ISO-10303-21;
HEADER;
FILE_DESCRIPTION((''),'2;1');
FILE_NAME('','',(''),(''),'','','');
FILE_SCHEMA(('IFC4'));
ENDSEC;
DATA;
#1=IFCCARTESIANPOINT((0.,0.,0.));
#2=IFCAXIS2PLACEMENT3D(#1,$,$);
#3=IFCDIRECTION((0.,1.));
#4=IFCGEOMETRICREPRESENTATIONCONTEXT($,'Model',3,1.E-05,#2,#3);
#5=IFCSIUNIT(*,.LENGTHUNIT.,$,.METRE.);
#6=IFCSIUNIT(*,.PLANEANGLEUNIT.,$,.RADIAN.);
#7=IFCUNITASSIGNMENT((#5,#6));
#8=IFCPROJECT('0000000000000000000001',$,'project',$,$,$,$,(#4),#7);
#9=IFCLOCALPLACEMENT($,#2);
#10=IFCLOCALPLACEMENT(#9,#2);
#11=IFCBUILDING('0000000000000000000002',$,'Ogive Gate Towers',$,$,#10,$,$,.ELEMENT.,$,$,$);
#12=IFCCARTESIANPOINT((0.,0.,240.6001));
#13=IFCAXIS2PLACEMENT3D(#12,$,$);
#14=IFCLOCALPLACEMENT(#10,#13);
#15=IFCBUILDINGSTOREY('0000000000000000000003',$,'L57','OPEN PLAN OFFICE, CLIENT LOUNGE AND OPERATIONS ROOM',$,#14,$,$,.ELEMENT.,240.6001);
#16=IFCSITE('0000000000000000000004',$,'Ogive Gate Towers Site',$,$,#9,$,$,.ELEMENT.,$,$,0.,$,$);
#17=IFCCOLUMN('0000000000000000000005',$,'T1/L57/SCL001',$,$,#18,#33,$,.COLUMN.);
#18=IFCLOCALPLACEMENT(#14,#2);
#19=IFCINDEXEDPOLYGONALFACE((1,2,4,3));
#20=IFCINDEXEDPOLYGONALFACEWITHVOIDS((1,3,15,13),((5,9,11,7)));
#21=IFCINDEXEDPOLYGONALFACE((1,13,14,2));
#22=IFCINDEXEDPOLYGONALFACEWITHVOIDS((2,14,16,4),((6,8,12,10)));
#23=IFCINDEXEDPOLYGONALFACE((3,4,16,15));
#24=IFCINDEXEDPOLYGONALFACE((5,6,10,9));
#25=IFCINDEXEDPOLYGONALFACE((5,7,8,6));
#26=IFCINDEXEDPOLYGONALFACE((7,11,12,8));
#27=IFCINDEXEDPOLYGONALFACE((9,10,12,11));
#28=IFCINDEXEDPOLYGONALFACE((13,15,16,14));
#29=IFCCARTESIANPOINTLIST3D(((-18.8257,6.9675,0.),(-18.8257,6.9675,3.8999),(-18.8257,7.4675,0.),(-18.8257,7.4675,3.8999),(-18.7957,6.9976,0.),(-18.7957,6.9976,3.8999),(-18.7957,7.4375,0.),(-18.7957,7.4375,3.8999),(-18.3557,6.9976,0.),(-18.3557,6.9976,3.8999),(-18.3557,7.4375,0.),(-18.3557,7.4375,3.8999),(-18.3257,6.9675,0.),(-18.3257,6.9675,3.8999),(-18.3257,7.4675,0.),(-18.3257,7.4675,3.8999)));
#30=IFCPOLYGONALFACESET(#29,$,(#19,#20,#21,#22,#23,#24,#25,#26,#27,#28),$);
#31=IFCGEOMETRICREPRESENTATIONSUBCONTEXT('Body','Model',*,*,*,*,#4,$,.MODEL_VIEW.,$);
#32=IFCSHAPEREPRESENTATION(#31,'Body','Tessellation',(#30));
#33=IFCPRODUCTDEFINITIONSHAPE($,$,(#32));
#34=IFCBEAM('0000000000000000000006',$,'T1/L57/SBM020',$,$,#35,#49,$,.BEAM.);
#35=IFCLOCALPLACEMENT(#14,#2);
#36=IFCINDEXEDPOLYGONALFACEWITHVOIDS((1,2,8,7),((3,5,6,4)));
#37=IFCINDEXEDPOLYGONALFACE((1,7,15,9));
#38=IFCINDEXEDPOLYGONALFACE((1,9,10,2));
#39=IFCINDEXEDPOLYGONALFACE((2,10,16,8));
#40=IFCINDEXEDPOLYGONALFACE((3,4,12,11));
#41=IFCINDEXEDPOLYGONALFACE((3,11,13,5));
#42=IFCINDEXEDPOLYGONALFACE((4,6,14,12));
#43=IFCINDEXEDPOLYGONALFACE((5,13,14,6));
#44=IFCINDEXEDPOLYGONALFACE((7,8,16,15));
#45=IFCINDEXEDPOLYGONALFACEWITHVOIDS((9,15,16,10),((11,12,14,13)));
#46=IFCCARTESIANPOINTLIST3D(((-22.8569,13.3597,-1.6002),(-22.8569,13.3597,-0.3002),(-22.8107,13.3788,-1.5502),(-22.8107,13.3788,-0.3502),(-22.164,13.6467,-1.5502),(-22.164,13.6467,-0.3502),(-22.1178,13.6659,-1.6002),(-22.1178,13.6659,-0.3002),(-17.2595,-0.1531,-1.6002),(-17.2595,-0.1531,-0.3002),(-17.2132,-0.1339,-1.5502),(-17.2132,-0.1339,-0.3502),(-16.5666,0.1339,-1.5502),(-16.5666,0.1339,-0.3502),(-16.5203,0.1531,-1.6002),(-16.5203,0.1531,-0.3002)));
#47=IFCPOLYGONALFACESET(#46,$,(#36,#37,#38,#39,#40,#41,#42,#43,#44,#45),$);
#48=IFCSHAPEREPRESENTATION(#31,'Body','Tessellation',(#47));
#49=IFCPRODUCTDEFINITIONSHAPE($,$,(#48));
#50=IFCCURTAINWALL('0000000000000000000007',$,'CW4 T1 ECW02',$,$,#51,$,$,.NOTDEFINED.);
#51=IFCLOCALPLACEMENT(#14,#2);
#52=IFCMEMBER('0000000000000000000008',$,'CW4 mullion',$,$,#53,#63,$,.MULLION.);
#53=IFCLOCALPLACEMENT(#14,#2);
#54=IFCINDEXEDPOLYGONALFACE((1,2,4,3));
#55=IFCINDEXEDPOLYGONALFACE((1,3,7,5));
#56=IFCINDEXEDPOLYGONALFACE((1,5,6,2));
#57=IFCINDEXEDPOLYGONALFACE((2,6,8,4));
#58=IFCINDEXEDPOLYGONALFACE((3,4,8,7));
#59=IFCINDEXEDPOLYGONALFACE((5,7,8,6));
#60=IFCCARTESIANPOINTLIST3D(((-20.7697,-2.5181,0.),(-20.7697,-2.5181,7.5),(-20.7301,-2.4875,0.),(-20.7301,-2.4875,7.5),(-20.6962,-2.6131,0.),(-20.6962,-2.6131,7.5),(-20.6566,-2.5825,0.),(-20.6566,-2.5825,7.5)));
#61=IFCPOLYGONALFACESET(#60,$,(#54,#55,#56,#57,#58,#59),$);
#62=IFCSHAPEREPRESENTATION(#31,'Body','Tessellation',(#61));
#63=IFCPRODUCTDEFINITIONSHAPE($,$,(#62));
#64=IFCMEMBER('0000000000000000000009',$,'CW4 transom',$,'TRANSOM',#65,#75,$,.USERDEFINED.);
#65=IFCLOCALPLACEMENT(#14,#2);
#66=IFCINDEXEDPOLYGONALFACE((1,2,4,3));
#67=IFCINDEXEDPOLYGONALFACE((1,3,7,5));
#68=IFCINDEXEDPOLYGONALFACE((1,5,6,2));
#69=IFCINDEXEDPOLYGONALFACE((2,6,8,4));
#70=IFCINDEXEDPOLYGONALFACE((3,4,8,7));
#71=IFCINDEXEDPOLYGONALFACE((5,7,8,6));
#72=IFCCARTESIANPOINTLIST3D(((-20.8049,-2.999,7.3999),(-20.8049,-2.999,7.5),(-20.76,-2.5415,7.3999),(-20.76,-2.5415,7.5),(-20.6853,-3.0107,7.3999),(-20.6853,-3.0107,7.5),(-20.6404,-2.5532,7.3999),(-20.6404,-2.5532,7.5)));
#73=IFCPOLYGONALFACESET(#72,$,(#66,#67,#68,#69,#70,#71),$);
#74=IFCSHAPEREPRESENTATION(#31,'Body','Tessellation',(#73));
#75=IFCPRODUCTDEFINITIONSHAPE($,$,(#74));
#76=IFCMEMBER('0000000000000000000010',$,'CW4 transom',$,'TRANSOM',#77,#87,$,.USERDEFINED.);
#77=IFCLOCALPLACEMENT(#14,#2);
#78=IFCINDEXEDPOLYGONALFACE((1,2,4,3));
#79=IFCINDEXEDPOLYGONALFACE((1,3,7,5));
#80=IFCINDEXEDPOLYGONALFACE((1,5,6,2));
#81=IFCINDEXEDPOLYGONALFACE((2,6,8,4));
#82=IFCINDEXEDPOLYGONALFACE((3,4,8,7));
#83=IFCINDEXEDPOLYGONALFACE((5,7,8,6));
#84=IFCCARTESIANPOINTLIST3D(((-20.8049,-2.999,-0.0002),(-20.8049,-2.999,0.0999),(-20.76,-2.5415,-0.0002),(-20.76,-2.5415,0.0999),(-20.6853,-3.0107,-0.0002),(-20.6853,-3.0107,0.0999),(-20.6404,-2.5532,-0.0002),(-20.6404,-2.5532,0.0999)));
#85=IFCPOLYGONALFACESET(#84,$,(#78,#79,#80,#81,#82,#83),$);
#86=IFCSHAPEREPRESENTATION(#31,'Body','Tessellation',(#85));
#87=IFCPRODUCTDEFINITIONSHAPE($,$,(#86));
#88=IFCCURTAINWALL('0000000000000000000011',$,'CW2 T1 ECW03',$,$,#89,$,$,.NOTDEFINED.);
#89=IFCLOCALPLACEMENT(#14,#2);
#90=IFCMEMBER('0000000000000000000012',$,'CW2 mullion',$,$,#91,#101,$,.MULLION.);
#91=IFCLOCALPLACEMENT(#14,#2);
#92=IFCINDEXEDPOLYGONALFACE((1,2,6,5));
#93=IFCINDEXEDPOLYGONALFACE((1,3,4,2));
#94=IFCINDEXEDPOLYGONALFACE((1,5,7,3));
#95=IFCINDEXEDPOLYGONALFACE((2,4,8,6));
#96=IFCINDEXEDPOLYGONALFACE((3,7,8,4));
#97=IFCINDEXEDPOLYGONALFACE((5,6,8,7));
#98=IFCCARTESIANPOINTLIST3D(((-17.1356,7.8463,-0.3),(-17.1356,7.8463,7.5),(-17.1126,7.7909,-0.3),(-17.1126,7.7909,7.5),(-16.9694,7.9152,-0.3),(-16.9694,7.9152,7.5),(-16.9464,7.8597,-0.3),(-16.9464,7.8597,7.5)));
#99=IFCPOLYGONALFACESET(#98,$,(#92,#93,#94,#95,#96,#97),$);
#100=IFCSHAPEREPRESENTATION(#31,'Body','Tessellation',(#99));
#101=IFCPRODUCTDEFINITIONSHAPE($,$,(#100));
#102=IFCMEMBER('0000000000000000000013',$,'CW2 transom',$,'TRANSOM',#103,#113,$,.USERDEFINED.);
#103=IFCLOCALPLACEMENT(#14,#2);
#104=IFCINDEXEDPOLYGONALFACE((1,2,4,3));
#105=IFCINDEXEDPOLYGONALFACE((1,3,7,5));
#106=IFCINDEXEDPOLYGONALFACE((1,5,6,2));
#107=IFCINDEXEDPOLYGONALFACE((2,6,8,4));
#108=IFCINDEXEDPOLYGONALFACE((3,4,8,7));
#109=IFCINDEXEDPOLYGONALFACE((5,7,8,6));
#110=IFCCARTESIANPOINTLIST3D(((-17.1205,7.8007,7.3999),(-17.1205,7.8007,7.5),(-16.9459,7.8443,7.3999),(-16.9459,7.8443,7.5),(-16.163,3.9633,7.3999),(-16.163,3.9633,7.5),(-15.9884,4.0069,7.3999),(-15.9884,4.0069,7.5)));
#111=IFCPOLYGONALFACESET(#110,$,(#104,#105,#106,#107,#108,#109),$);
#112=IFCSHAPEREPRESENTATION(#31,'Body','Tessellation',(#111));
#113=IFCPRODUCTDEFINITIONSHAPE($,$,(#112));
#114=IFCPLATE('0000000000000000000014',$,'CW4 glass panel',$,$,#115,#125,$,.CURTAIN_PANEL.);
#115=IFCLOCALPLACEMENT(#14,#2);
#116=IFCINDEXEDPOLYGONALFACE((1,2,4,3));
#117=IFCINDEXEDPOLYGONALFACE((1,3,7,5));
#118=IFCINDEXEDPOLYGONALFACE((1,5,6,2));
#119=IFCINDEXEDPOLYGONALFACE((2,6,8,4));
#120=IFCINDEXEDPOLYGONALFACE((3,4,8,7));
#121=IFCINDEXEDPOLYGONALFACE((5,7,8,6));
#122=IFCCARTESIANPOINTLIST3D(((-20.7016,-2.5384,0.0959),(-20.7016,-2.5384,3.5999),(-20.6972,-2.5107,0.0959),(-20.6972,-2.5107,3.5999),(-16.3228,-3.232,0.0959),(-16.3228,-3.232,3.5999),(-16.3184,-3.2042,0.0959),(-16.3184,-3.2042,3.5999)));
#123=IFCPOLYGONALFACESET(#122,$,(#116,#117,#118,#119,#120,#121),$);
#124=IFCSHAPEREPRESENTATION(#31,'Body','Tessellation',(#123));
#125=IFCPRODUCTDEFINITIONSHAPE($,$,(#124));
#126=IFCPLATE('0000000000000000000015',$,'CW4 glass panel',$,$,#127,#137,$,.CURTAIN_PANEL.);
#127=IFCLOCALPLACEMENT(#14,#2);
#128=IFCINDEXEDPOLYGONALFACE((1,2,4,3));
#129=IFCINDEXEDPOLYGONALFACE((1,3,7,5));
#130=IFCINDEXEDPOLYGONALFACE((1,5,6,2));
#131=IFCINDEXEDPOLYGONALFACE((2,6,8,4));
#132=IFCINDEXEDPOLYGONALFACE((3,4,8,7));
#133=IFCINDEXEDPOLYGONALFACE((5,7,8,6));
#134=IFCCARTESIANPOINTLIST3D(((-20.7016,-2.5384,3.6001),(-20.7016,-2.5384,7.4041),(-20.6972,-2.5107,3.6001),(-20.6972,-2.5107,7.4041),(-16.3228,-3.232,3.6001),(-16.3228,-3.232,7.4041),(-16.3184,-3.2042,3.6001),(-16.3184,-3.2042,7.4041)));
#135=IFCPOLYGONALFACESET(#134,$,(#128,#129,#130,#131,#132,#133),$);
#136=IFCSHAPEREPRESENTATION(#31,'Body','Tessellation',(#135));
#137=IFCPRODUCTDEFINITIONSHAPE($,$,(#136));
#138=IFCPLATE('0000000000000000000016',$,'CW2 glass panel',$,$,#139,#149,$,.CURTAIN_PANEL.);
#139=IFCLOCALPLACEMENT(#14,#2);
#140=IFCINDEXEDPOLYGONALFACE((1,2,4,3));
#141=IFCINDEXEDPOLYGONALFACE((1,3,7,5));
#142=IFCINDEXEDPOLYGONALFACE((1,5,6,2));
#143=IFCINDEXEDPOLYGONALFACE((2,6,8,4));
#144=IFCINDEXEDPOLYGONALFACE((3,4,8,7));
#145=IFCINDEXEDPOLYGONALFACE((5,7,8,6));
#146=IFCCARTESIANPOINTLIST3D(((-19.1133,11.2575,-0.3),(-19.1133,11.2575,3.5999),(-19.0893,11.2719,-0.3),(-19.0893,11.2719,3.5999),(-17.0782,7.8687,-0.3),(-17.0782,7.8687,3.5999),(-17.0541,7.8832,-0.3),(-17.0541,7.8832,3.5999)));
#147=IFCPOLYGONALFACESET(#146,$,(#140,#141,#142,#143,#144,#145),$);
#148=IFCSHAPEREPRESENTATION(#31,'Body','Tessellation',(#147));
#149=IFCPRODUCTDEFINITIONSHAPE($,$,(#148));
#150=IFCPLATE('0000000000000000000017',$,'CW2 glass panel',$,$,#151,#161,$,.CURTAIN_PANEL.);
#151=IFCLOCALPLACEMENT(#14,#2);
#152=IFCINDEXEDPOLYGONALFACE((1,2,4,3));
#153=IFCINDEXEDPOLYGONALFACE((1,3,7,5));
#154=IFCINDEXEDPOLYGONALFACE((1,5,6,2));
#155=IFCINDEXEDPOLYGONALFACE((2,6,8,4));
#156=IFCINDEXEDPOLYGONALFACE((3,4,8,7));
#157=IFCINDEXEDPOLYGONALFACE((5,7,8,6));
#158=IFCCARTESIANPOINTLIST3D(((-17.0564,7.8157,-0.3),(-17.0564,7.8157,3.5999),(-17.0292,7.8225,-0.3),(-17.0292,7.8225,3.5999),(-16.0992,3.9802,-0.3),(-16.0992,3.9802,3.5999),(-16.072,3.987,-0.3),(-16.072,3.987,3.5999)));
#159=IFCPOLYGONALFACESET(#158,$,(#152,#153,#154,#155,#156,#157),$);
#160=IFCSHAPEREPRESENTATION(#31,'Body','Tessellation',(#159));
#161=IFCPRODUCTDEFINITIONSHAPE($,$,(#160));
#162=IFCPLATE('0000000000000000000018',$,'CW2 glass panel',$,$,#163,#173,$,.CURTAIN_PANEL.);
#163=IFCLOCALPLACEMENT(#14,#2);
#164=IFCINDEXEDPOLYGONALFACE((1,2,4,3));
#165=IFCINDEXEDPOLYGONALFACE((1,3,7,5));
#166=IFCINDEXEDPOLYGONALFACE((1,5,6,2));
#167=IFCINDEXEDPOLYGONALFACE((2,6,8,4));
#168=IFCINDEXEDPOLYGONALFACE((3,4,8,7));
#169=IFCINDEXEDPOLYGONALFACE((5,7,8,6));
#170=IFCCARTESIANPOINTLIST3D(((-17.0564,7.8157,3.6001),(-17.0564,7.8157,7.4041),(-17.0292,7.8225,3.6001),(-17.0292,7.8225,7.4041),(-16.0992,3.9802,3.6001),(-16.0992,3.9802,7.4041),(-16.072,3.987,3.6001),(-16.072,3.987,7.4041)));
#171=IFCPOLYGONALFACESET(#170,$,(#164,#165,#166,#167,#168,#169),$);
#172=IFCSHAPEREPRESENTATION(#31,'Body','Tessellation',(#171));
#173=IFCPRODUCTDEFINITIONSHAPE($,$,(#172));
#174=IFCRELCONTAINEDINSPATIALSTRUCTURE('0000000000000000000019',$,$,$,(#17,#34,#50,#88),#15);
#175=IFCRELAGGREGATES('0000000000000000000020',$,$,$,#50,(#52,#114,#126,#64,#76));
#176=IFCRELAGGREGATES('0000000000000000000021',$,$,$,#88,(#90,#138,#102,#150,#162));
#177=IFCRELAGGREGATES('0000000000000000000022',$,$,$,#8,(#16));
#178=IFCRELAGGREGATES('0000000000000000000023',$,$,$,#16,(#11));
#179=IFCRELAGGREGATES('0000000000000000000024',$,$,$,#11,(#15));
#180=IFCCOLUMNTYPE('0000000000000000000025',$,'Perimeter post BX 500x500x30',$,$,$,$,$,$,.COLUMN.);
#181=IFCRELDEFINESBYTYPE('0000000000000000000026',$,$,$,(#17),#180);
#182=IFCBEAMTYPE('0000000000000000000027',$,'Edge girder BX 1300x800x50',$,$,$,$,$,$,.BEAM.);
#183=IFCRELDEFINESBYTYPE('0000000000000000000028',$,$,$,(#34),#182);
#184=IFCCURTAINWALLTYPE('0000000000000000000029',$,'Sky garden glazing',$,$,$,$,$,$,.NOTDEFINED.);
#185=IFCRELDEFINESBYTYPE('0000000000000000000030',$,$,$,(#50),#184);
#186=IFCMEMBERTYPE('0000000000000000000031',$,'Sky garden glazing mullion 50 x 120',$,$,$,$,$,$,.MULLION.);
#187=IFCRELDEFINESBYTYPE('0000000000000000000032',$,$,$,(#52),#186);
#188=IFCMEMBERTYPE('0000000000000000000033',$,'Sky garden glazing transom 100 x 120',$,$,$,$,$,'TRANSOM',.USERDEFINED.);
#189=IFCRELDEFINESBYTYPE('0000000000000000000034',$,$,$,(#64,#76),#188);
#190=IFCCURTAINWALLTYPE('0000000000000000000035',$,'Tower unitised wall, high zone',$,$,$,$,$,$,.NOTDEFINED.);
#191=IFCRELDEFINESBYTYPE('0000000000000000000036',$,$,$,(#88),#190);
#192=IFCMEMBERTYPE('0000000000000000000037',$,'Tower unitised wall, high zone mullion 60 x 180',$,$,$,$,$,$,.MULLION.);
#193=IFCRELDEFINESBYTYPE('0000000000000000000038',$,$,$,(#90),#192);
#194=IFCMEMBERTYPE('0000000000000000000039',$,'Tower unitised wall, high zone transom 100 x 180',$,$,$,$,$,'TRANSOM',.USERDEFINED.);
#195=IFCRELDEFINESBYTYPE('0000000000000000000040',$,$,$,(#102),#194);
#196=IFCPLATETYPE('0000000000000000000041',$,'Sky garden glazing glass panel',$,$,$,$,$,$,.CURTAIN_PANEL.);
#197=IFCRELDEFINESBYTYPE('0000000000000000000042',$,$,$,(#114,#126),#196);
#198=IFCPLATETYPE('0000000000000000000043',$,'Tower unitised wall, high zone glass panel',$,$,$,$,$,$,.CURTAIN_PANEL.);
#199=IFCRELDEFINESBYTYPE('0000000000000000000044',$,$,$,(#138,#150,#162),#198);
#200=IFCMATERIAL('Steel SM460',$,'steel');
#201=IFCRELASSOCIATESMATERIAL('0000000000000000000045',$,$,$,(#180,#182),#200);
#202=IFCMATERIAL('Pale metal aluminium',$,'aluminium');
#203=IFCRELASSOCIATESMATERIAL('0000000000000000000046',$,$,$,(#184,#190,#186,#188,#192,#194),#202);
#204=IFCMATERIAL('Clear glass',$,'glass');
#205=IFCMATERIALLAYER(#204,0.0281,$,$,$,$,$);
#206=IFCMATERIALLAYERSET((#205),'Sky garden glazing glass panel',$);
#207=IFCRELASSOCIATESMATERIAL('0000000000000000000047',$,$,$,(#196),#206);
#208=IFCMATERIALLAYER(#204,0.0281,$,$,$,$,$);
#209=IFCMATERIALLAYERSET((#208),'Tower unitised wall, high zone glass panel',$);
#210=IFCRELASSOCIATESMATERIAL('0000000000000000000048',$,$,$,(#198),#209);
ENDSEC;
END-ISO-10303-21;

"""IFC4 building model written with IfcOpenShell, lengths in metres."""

from ifc_helpers import new_model, si_unit, direction, frame, origin, origin_2d, place, context, subcontext, project, spatial, rectangle, hollow_rectangle, extrude, material, layer, layer_set, material_profile, profile_set, type_object, element, aggregate, save


model = new_model("IFC4")

# Units and contexts
model_context = context("Model", 3, precision=1e-05, world=origin(), true_north=direction((0.0, 1.0)))
body_context = subcontext(model_context, "Body", "Model", "MODEL_VIEW")
ifc_project = project(units=[si_unit("LENGTHUNIT", "METRE"), si_unit("PLANEANGLEUNIT", "RADIAN")], contexts=[model_context])

# Site, building, storey
site_placement = place(None, origin())
site = spatial("IfcSite", under=ifc_project, at=site_placement, Name="Ogive Gate Towers Site", CompositionType="ELEMENT", RefElevation=0.0)
building_placement = place(site_placement, origin())
building = spatial("IfcBuilding", under=site, at=building_placement, Name="Ogive Gate Towers", CompositionType="ELEMENT")
storey_placement = place(building_placement, frame((0.0, 0.0, 240.6001)))
storey = spatial("IfcBuildingStorey", under=building, at=storey_placement, Name="L57", Description="OPEN PLAN OFFICE, CLIENT LOUNGE AND OPERATIONS ROOM", CompositionType="ELEMENT", Elevation=240.6001)

# Column
ifc_material_1 = material(Name="Steel SM460", Category="steel")
ifc_material_profile_1 = material_profile(ifc_material_1, hollow_rectangle(XDim=0.5, YDim=0.5, WallThickness=0.03, at=origin_2d()), Name="BX 500x500x30")
ifc_profile_set_1 = profile_set([ifc_material_profile_1], Name="Steel SM460")
column_type = type_object("IfcColumnType", Name="Perimeter post BX 500x500x30", PredefinedType="COLUMN", material=ifc_profile_set_1)
column_placement = place(storey_placement, frame((-18.5757, 7.2175, 0.0), z_axis=(0.0, 0.0, 1.0), x_axis=(1.0, 0.0, 0.0)))
element("IfcColumn", 1, at=column_placement, inside=storey, type_object=column_type, Name="T1/L57/SCL001", PredefinedType="COLUMN", context=body_context, shape_type="SweptSolid", body=[
    extrude(hollow_rectangle(XDim=0.5, YDim=0.5, WallThickness=0.03, at=origin_2d()), origin(), (0.0, 0.0, 1.0), 3.8999),
])

# Beam
ifc_material_profile_2 = material_profile(ifc_material_1, hollow_rectangle(XDim=0.8, YDim=1.3, WallThickness=0.05, at=origin_2d()), Name="BX 1300x800x50")
ifc_profile_set_2 = profile_set([ifc_material_profile_2], Name="Steel SM460")
beam_type = type_object("IfcBeamType", Name="Edge girder BX 1300x800x50", PredefinedType="BEAM", material=ifc_profile_set_2)
beam_placement = place(storey_placement, frame((-16.8899, 0.0, -0.9502), z_axis=(-0.382699, 0.923873, 0.0), x_axis=(-0.923873, -0.382699, 0.0)))
element("IfcBeam", 2, at=beam_placement, inside=storey, type_object=beam_type, Name="T1/L57/SBM020", PredefinedType="BEAM", context=body_context, shape_type="SweptSolid", body=[
    extrude(hollow_rectangle(XDim=0.8, YDim=1.3, WallThickness=0.05, at=origin_2d()), origin(), (0.0, 0.0, 1.0), 14.6262),
])

# Curtain walls, members
ifc_material_2 = material(Name="Pale metal aluminium", Category="aluminium")
curtain_wall_type_1 = type_object("IfcCurtainWallType", Name="Sky garden glazing", PredefinedType="NOTDEFINED", material=ifc_material_2)
curtain_wall_1_placement = place(storey_placement, origin())
curtain_wall_1 = element("IfcCurtainWall", 3, at=curtain_wall_1_placement, inside=storey, type_object=curtain_wall_type_1, Name="CW4 T1 ECW02", PredefinedType="NOTDEFINED")
ifc_material_profile_3 = material_profile(ifc_material_2, rectangle(XDim=0.1201, YDim=0.05, at=origin_2d()), Name="50 x 120 aluminium box")
ifc_profile_set_3 = profile_set([ifc_material_profile_3], Name="Pale metal aluminium")
member_type_1 = type_object("IfcMemberType", Name="Sky garden glazing mullion 50 x 120", PredefinedType="MULLION", material=ifc_profile_set_3)
member_1_placement = place(storey_placement, frame((-20.7131, -2.5503, 0.0), z_axis=(0.0, 0.0, 1.0), x_axis=(-0.611403, 0.79132, 0.0)))
member_1 = element("IfcMember", 4, at=member_1_placement, type_object=member_type_1, Name="CW4 mullion", PredefinedType="MULLION", context=body_context, shape_type="SweptSolid", body=[
    extrude(rectangle(XDim=0.1201, YDim=0.05, at=origin_2d()), origin(), (0.0, 0.0, 1.0), 7.5),
])
ifc_material_profile_4 = material_profile(ifc_material_2, rectangle(XDim=0.1201, YDim=0.1001, at=origin_2d()), Name="100 x 120 aluminium box")
ifc_profile_set_4 = profile_set([ifc_material_profile_4], Name="Pale metal aluminium")
member_type_2 = type_object("IfcMemberType", Name="Sky garden glazing transom 100 x 120", ElementType="TRANSOM", PredefinedType="USERDEFINED", material=ifc_profile_set_4)
member_2_placement = place(storey_placement, frame((-20.7002, -2.5474, 7.45), z_axis=(-0.097716, -0.995214, 0.0), x_axis=(0.995214, -0.097716, 0.0)))
member_2 = element("IfcMember", 5, at=member_2_placement, type_object=member_type_2, Name="CW4 transom", ObjectType="TRANSOM", PredefinedType="USERDEFINED", context=body_context, shape_type="SweptSolid", body=[
    extrude(rectangle(XDim=0.1201, YDim=0.1001, at=origin_2d()), origin(), (0.0, 0.0, 1.0), 0.4597),
])
member_3_placement = place(storey_placement, frame((-20.7002, -2.5474, 0.0498), z_axis=(-0.097716, -0.995214, 0.0), x_axis=(0.995214, -0.097716, 0.0)))
member_3 = element("IfcMember", 6, at=member_3_placement, type_object=member_type_2, Name="CW4 transom", ObjectType="TRANSOM", PredefinedType="USERDEFINED", context=body_context, shape_type="SweptSolid", body=[
    extrude(rectangle(XDim=0.1201, YDim=0.1001, at=origin_2d()), origin(), (0.0, 0.0, 1.0), 0.4597),
])
curtain_wall_type_2 = type_object("IfcCurtainWallType", Name="Tower unitised wall, high zone", PredefinedType="NOTDEFINED", material=ifc_material_2)
curtain_wall_2_placement = place(storey_placement, origin())
curtain_wall_2 = element("IfcCurtainWall", 7, at=curtain_wall_2_placement, inside=storey, type_object=curtain_wall_type_2, Name="CW2 T1 ECW03", PredefinedType="NOTDEFINED")
ifc_material_profile_5 = material_profile(ifc_material_2, rectangle(XDim=0.1799, YDim=0.0601, at=origin_2d()), Name="60 x 180 aluminium box")
ifc_profile_set_5 = profile_set([ifc_material_profile_5], Name="Pale metal aluminium")
member_type_3 = type_object("IfcMemberType", Name="Tower unitised wall, high zone mullion 60 x 180", PredefinedType="MULLION", material=ifc_profile_set_5)
member_4_placement = place(storey_placement, frame((-17.041, 7.853, -0.3), z_axis=(0.0, 0.0, 1.0), x_axis=(-0.92388, -0.382683, 0.0)))
member_4 = element("IfcMember", 8, at=member_4_placement, type_object=member_type_3, Name="CW2 mullion", PredefinedType="MULLION", context=body_context, shape_type="SweptSolid", body=[
    extrude(rectangle(XDim=0.1799, YDim=0.0601, at=origin_2d()), origin(), (0.0, 0.0, 1.0), 7.8),
])
ifc_material_profile_6 = material_profile(ifc_material_2, rectangle(XDim=0.1799, YDim=0.1001, at=origin_2d()), Name="100 x 180 aluminium box")
ifc_profile_set_6 = profile_set([ifc_material_profile_6], Name="Pale metal aluminium")
member_type_4 = type_object("IfcMemberType", Name="Tower unitised wall, high zone transom 100 x 180", ElementType="TRANSOM", PredefinedType="USERDEFINED", material=ifc_profile_set_6)
member_5_placement = place(storey_placement, frame((-17.0332, 7.8225, 7.45), z_axis=(0.2421, -0.970251, 0.0), x_axis=(0.970251, 0.2421, 0.0)))
member_5 = element("IfcMember", 9, at=member_5_placement, type_object=member_type_4, Name="CW2 transom", ObjectType="TRANSOM", PredefinedType="USERDEFINED", context=body_context, shape_type="SweptSolid", body=[
    extrude(rectangle(XDim=0.1799, YDim=0.1001, at=origin_2d()), origin(), (0.0, 0.0, 1.0), 3.9551),
])

# Plates
ifc_material_3 = material(Name="Clear glass", Category="glass")
ifc_layer_1 = layer(ifc_material_3, 0.0281)
ifc_layer_set_1 = layer_set([ifc_layer_1], Name="Sky garden glazing glass panel")
plate_type_1 = type_object("IfcPlateType", Name="Sky garden glazing glass panel", PredefinedType="CURTAIN_PANEL", material=ifc_layer_set_1)
plate_1_placement = place(storey_placement, frame((-18.51, -2.8713, 0.0959), z_axis=(0.0, 0.0, 1.0), x_axis=(-0.987688, 0.156434, 0.0)))
plate_1 = element("IfcPlate", 10, at=plate_1_placement, type_object=plate_type_1, Name="CW4 glass panel", PredefinedType="CURTAIN_PANEL", context=body_context, shape_type="SweptSolid", body=[
    extrude(rectangle(XDim=4.4333, YDim=0.0281, at=origin_2d()), origin(), (0.0, 0.0, 1.0), 3.5039),
])
plate_2_placement = place(storey_placement, frame((-18.51, -2.8713, 3.6001), z_axis=(0.0, 0.0, 1.0), x_axis=(-0.987688, 0.156434, 0.0)))
plate_2 = element("IfcPlate", 11, at=plate_2_placement, type_object=plate_type_1, Name="CW4 glass panel", PredefinedType="CURTAIN_PANEL", context=body_context, shape_type="SweptSolid", body=[
    extrude(rectangle(XDim=4.4333, YDim=0.0281, at=origin_2d()), origin(), (0.0, 0.0, 1.0), 3.804),
])
aggregate(curtain_wall_1, [member_1, plate_1, plate_2, member_2, member_3])
ifc_layer_2 = layer(ifc_material_3, 0.0281)
ifc_layer_set_2 = layer_set([ifc_layer_2], Name="Tower unitised wall, high zone glass panel")
plate_type_2 = type_object("IfcPlateType", Name="Tower unitised wall, high zone glass panel", PredefinedType="CURTAIN_PANEL", material=ifc_layer_set_2)
plate_3_placement = place(storey_placement, frame((-18.0837, 9.5703, -0.3), z_axis=(0.0, 0.0, 1.0), x_axis=(0.514844, -0.857284, 0.0)))
plate_3 = element("IfcPlate", 12, at=plate_3_placement, type_object=plate_type_2, Name="CW2 glass panel", PredefinedType="CURTAIN_PANEL", context=body_context, shape_type="SweptSolid", body=[
    extrude(rectangle(XDim=3.9529, YDim=0.0281, at=origin_2d()), origin(), (0.0, 0.0, 1.0), 3.8999),
])
plate_4_placement = place(storey_placement, frame((-16.5642, 5.9014, -0.3), z_axis=(0.0, 0.0, 1.0), x_axis=(0.242142, -0.970241, 0.0)))
plate_4 = element("IfcPlate", 13, at=plate_4_placement, type_object=plate_type_2, Name="CW2 glass panel", PredefinedType="CURTAIN_PANEL", context=body_context, shape_type="SweptSolid", body=[
    extrude(rectangle(XDim=3.9531, YDim=0.0281, at=origin_2d()), origin(), (0.0, 0.0, 1.0), 3.8999),
])
plate_5_placement = place(storey_placement, frame((-16.5642, 5.9014, 3.6001), z_axis=(0.0, 0.0, 1.0), x_axis=(0.242142, -0.970241, 0.0)))
plate_5 = element("IfcPlate", 14, at=plate_5_placement, type_object=plate_type_2, Name="CW2 glass panel", PredefinedType="CURTAIN_PANEL", context=body_context, shape_type="SweptSolid", body=[
    extrude(rectangle(XDim=3.9531, YDim=0.0281, at=origin_2d()), origin(), (0.0, 0.0, 1.0), 3.804),
])
aggregate(curtain_wall_2, [member_4, plate_3, member_5, plate_4, plate_5])

save(model, "model.ifc")
